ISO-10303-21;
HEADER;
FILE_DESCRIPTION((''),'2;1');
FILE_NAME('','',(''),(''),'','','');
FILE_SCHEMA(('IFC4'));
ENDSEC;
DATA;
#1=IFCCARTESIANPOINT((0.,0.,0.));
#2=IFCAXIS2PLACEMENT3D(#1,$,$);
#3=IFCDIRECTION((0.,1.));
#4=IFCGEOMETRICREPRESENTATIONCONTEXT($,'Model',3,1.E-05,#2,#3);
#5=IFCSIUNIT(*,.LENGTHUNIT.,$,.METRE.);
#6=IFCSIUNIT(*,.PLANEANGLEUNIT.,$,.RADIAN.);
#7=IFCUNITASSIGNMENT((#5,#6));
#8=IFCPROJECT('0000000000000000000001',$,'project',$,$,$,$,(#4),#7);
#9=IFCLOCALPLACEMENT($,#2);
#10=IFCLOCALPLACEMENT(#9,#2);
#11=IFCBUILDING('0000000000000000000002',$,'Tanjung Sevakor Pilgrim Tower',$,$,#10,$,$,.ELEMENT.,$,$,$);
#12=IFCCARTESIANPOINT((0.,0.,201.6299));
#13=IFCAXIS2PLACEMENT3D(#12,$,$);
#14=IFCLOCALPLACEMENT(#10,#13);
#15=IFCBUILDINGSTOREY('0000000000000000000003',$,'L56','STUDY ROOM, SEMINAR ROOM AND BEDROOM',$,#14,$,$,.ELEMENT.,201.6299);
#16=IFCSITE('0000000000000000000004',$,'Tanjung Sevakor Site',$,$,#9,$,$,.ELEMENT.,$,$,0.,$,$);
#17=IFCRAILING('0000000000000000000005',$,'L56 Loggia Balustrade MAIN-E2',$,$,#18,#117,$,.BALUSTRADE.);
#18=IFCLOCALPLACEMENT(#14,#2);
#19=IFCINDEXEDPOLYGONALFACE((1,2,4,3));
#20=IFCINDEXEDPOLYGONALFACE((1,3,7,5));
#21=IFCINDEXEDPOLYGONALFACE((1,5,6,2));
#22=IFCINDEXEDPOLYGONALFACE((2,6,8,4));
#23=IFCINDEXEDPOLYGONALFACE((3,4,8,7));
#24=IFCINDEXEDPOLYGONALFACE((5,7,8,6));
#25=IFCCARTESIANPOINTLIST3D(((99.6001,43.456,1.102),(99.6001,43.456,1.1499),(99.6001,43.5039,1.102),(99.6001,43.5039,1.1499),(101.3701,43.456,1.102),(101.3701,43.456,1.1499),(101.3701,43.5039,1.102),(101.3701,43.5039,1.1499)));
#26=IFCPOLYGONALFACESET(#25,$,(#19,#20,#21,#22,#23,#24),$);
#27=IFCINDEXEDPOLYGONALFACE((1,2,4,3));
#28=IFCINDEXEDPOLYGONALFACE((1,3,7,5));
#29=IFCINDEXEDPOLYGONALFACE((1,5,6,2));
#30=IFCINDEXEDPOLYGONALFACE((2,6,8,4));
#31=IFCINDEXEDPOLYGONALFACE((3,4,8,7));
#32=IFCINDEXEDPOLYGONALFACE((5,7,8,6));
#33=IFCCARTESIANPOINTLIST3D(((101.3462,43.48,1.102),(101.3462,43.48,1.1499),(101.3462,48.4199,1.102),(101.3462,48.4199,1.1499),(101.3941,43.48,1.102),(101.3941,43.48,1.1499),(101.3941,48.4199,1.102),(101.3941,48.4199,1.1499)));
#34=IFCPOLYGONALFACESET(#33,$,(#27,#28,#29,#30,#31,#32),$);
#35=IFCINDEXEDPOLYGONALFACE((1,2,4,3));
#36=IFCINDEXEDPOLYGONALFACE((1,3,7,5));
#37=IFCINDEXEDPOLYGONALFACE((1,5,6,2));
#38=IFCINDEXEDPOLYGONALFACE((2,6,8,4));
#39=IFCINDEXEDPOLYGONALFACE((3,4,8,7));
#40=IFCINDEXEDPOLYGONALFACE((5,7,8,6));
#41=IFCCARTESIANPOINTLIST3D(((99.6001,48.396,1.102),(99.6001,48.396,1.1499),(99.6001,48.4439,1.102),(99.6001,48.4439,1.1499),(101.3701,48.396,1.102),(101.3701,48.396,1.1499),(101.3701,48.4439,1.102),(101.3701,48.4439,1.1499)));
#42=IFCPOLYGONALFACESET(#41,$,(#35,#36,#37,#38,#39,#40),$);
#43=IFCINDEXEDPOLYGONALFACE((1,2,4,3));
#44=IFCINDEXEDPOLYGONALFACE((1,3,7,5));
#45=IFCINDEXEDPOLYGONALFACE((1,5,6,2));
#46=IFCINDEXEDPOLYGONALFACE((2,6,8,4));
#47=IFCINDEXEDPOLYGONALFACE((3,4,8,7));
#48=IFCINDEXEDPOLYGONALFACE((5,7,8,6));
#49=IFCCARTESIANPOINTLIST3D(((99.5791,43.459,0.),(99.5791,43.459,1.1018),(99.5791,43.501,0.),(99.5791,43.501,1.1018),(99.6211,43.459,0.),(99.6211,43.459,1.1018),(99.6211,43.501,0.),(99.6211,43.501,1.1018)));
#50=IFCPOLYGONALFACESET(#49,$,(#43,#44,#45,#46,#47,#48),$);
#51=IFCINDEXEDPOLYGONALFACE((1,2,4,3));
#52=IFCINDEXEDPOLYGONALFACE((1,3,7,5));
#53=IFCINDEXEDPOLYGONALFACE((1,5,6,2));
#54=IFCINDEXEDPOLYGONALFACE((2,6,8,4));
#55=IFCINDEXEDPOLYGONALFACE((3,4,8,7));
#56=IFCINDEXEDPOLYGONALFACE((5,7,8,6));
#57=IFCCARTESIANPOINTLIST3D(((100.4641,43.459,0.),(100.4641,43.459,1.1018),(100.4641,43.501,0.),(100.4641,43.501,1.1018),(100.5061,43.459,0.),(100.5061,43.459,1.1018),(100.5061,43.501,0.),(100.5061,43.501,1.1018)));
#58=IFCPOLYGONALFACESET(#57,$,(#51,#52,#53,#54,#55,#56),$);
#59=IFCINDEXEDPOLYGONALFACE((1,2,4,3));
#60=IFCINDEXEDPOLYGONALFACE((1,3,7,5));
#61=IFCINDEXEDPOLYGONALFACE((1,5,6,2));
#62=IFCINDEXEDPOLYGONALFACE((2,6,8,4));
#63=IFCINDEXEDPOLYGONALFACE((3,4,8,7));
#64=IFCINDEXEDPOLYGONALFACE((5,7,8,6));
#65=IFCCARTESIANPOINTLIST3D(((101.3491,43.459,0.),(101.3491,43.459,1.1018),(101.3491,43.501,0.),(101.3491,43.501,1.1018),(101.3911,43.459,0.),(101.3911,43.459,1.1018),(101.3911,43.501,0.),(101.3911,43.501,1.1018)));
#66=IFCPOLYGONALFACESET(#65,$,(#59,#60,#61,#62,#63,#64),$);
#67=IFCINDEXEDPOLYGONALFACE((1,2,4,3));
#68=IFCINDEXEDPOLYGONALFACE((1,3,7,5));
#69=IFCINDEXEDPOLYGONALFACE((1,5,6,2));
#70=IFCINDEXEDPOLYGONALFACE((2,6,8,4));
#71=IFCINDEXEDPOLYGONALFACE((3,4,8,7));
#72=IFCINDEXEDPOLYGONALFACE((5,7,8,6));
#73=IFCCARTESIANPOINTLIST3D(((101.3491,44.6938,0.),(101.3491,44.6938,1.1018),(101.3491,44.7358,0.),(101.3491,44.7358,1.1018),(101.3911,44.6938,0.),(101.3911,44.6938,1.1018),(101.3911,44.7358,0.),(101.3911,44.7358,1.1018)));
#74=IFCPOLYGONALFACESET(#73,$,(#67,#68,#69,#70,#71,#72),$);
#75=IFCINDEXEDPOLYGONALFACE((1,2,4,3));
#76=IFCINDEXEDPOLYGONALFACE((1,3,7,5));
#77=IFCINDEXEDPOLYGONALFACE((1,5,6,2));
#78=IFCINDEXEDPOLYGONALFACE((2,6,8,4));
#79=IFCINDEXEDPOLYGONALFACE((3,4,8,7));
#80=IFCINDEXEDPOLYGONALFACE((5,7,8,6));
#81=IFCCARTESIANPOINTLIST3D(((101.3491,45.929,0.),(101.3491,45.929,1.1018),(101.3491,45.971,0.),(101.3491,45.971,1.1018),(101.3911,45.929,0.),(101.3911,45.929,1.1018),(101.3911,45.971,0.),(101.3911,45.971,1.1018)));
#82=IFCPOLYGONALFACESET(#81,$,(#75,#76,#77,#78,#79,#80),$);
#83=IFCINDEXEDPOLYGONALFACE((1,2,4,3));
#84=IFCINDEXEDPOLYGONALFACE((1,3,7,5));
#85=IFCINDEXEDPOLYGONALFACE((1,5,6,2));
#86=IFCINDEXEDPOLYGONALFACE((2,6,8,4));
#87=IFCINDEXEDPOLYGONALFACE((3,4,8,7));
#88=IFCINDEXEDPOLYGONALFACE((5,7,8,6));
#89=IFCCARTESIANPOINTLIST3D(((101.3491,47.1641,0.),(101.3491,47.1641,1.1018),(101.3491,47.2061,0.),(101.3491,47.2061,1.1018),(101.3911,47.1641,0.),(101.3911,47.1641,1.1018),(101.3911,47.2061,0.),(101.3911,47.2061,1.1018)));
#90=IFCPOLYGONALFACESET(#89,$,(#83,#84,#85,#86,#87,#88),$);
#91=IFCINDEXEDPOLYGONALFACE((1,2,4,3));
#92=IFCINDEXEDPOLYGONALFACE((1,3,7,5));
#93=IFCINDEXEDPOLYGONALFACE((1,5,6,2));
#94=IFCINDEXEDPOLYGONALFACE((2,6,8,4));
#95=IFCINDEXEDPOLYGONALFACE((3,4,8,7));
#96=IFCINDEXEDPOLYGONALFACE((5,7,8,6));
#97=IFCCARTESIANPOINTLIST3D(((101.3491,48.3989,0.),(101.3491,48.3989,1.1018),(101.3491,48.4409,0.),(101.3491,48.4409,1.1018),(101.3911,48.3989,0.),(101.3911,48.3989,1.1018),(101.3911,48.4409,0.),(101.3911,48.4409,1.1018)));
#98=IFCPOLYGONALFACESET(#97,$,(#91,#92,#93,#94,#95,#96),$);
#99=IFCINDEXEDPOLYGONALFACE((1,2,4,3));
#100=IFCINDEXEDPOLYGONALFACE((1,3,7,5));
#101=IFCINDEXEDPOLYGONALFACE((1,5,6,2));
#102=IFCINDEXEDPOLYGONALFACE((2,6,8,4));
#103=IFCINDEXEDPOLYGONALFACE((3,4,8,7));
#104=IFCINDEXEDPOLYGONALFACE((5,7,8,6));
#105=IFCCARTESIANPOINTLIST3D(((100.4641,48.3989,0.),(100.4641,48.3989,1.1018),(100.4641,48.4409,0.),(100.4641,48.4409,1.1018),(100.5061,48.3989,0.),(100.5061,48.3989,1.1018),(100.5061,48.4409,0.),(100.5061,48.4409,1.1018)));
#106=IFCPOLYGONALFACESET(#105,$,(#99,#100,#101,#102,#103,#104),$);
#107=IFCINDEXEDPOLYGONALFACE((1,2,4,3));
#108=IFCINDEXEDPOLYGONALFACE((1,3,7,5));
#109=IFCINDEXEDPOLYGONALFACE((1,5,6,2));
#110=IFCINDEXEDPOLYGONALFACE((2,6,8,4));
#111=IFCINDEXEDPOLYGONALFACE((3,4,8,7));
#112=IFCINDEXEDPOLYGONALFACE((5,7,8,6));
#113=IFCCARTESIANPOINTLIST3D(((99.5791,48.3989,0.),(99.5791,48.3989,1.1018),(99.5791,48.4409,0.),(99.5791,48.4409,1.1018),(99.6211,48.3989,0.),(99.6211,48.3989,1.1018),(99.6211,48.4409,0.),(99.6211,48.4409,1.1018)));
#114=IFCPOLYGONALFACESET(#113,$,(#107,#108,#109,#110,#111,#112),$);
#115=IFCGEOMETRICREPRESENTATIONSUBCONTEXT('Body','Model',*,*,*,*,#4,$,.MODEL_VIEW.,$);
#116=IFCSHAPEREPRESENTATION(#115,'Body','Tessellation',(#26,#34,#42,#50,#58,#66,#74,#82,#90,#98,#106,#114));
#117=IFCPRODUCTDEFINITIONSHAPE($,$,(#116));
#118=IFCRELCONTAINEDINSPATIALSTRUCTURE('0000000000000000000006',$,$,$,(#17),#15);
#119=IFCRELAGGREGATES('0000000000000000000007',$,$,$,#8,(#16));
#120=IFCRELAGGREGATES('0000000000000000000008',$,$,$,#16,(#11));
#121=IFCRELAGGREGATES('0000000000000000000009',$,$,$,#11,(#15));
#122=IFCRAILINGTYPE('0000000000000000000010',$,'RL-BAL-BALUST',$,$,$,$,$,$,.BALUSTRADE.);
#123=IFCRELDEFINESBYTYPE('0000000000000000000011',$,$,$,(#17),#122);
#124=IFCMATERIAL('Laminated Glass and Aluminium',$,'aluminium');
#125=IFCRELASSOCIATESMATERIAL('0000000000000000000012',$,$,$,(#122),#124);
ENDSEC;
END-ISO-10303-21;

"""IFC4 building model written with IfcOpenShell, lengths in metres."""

from ifc_helpers import new_model, si_unit, direction, frame, origin, place, context, subcontext, project, spatial, rectangle, extrude, material, type_object, element, save


model = new_model("IFC4")

# Units and contexts
model_context = context("Model", 3, precision=1e-05, world=origin(), true_north=direction((0.0, 1.0)))
body_context = subcontext(model_context, "Body", "Model", "MODEL_VIEW")
ifc_project = project(units=[si_unit("LENGTHUNIT", "METRE"), si_unit("PLANEANGLEUNIT", "RADIAN")], contexts=[model_context])

# Site, building, storey
site_placement = place(None, origin())
site = spatial("IfcSite", under=ifc_project, at=site_placement, Name="Tanjung Sevakor Site", CompositionType="ELEMENT", RefElevation=0.0)
building_placement = place(site_placement, origin())
building = spatial("IfcBuilding", under=site, at=building_placement, Name="Tanjung Sevakor Pilgrim Tower", CompositionType="ELEMENT")
storey_placement = place(building_placement, frame((0.0, 0.0, 201.6299)))
storey = spatial("IfcBuildingStorey", under=building, at=storey_placement, Name="L56", Description="STUDY ROOM, SEMINAR ROOM AND BEDROOM", CompositionType="ELEMENT", Elevation=201.6299)

# Railing
ifc_material_1 = material(Name="Laminated Glass and Aluminium", Category="aluminium")
railing_type = type_object("IfcRailingType", Name="RL-BAL-BALUST", PredefinedType="BALUSTRADE", material=ifc_material_1)
railing_placement = place(storey_placement, frame((99.6001, 43.48, 0.0)))
element("IfcRailing", 1, at=railing_placement, inside=storey, type_object=railing_type, Name="L56 Loggia Balustrade MAIN-E2", PredefinedType="BALUSTRADE", context=body_context, shape_type="SweptSolid", body=[
    extrude(rectangle(XDim=0.0479, YDim=0.0479), frame((0.0, 0.0, 1.126), z_axis=(1.0, 0.0, 0.0), x_axis=(0.0, 1.0, 0.0)), (0.0, 0.0, 1.0), 1.77),
    extrude(rectangle(XDim=0.0479, YDim=0.0479), frame((1.77, 0.0, 1.126), z_axis=(0.0, 1.0, 0.0), x_axis=(-1.0, 0.0, 0.0)), (0.0, 0.0, 1.0), 4.9399),
    extrude(rectangle(XDim=0.0479, YDim=0.0479), frame((1.77, 4.9399, 1.126), z_axis=(-1.0, 0.0, 0.0), x_axis=(0.0, -1.0, 0.0)), (0.0, 0.0, 1.0), 1.77),
    extrude(rectangle(XDim=0.042, YDim=0.042), origin(), (0.0, 0.0, 1.0), 1.1018),
    extrude(rectangle(XDim=0.042, YDim=0.042), frame((0.885, 0.0, 0.0)), (0.0, 0.0, 1.0), 1.1018),
    extrude(rectangle(XDim=0.042, YDim=0.042), frame((1.77, 0.0, 0.0)), (0.0, 0.0, 1.0), 1.1018),
    extrude(rectangle(XDim=0.042, YDim=0.042), frame((1.77, 1.2349, 0.0)), (0.0, 0.0, 1.0), 1.1018),
    extrude(rectangle(XDim=0.042, YDim=0.042), frame((1.77, 2.47, 0.0)), (0.0, 0.0, 1.0), 1.1018),
    extrude(rectangle(XDim=0.042, YDim=0.042), frame((1.77, 3.7051, 0.0)), (0.0, 0.0, 1.0), 1.1018),
    extrude(rectangle(XDim=0.042, YDim=0.042), frame((1.77, 4.9399, 0.0)), (0.0, 0.0, 1.0), 1.1018),
    extrude(rectangle(XDim=0.042, YDim=0.042), frame((0.885, 4.9399, 0.0)), (0.0, 0.0, 1.0), 1.1018),
    extrude(rectangle(XDim=0.042, YDim=0.042), frame((0.0, 4.9399, 0.0)), (0.0, 0.0, 1.0), 1.1018),
])

save(model, "model.ifc")
